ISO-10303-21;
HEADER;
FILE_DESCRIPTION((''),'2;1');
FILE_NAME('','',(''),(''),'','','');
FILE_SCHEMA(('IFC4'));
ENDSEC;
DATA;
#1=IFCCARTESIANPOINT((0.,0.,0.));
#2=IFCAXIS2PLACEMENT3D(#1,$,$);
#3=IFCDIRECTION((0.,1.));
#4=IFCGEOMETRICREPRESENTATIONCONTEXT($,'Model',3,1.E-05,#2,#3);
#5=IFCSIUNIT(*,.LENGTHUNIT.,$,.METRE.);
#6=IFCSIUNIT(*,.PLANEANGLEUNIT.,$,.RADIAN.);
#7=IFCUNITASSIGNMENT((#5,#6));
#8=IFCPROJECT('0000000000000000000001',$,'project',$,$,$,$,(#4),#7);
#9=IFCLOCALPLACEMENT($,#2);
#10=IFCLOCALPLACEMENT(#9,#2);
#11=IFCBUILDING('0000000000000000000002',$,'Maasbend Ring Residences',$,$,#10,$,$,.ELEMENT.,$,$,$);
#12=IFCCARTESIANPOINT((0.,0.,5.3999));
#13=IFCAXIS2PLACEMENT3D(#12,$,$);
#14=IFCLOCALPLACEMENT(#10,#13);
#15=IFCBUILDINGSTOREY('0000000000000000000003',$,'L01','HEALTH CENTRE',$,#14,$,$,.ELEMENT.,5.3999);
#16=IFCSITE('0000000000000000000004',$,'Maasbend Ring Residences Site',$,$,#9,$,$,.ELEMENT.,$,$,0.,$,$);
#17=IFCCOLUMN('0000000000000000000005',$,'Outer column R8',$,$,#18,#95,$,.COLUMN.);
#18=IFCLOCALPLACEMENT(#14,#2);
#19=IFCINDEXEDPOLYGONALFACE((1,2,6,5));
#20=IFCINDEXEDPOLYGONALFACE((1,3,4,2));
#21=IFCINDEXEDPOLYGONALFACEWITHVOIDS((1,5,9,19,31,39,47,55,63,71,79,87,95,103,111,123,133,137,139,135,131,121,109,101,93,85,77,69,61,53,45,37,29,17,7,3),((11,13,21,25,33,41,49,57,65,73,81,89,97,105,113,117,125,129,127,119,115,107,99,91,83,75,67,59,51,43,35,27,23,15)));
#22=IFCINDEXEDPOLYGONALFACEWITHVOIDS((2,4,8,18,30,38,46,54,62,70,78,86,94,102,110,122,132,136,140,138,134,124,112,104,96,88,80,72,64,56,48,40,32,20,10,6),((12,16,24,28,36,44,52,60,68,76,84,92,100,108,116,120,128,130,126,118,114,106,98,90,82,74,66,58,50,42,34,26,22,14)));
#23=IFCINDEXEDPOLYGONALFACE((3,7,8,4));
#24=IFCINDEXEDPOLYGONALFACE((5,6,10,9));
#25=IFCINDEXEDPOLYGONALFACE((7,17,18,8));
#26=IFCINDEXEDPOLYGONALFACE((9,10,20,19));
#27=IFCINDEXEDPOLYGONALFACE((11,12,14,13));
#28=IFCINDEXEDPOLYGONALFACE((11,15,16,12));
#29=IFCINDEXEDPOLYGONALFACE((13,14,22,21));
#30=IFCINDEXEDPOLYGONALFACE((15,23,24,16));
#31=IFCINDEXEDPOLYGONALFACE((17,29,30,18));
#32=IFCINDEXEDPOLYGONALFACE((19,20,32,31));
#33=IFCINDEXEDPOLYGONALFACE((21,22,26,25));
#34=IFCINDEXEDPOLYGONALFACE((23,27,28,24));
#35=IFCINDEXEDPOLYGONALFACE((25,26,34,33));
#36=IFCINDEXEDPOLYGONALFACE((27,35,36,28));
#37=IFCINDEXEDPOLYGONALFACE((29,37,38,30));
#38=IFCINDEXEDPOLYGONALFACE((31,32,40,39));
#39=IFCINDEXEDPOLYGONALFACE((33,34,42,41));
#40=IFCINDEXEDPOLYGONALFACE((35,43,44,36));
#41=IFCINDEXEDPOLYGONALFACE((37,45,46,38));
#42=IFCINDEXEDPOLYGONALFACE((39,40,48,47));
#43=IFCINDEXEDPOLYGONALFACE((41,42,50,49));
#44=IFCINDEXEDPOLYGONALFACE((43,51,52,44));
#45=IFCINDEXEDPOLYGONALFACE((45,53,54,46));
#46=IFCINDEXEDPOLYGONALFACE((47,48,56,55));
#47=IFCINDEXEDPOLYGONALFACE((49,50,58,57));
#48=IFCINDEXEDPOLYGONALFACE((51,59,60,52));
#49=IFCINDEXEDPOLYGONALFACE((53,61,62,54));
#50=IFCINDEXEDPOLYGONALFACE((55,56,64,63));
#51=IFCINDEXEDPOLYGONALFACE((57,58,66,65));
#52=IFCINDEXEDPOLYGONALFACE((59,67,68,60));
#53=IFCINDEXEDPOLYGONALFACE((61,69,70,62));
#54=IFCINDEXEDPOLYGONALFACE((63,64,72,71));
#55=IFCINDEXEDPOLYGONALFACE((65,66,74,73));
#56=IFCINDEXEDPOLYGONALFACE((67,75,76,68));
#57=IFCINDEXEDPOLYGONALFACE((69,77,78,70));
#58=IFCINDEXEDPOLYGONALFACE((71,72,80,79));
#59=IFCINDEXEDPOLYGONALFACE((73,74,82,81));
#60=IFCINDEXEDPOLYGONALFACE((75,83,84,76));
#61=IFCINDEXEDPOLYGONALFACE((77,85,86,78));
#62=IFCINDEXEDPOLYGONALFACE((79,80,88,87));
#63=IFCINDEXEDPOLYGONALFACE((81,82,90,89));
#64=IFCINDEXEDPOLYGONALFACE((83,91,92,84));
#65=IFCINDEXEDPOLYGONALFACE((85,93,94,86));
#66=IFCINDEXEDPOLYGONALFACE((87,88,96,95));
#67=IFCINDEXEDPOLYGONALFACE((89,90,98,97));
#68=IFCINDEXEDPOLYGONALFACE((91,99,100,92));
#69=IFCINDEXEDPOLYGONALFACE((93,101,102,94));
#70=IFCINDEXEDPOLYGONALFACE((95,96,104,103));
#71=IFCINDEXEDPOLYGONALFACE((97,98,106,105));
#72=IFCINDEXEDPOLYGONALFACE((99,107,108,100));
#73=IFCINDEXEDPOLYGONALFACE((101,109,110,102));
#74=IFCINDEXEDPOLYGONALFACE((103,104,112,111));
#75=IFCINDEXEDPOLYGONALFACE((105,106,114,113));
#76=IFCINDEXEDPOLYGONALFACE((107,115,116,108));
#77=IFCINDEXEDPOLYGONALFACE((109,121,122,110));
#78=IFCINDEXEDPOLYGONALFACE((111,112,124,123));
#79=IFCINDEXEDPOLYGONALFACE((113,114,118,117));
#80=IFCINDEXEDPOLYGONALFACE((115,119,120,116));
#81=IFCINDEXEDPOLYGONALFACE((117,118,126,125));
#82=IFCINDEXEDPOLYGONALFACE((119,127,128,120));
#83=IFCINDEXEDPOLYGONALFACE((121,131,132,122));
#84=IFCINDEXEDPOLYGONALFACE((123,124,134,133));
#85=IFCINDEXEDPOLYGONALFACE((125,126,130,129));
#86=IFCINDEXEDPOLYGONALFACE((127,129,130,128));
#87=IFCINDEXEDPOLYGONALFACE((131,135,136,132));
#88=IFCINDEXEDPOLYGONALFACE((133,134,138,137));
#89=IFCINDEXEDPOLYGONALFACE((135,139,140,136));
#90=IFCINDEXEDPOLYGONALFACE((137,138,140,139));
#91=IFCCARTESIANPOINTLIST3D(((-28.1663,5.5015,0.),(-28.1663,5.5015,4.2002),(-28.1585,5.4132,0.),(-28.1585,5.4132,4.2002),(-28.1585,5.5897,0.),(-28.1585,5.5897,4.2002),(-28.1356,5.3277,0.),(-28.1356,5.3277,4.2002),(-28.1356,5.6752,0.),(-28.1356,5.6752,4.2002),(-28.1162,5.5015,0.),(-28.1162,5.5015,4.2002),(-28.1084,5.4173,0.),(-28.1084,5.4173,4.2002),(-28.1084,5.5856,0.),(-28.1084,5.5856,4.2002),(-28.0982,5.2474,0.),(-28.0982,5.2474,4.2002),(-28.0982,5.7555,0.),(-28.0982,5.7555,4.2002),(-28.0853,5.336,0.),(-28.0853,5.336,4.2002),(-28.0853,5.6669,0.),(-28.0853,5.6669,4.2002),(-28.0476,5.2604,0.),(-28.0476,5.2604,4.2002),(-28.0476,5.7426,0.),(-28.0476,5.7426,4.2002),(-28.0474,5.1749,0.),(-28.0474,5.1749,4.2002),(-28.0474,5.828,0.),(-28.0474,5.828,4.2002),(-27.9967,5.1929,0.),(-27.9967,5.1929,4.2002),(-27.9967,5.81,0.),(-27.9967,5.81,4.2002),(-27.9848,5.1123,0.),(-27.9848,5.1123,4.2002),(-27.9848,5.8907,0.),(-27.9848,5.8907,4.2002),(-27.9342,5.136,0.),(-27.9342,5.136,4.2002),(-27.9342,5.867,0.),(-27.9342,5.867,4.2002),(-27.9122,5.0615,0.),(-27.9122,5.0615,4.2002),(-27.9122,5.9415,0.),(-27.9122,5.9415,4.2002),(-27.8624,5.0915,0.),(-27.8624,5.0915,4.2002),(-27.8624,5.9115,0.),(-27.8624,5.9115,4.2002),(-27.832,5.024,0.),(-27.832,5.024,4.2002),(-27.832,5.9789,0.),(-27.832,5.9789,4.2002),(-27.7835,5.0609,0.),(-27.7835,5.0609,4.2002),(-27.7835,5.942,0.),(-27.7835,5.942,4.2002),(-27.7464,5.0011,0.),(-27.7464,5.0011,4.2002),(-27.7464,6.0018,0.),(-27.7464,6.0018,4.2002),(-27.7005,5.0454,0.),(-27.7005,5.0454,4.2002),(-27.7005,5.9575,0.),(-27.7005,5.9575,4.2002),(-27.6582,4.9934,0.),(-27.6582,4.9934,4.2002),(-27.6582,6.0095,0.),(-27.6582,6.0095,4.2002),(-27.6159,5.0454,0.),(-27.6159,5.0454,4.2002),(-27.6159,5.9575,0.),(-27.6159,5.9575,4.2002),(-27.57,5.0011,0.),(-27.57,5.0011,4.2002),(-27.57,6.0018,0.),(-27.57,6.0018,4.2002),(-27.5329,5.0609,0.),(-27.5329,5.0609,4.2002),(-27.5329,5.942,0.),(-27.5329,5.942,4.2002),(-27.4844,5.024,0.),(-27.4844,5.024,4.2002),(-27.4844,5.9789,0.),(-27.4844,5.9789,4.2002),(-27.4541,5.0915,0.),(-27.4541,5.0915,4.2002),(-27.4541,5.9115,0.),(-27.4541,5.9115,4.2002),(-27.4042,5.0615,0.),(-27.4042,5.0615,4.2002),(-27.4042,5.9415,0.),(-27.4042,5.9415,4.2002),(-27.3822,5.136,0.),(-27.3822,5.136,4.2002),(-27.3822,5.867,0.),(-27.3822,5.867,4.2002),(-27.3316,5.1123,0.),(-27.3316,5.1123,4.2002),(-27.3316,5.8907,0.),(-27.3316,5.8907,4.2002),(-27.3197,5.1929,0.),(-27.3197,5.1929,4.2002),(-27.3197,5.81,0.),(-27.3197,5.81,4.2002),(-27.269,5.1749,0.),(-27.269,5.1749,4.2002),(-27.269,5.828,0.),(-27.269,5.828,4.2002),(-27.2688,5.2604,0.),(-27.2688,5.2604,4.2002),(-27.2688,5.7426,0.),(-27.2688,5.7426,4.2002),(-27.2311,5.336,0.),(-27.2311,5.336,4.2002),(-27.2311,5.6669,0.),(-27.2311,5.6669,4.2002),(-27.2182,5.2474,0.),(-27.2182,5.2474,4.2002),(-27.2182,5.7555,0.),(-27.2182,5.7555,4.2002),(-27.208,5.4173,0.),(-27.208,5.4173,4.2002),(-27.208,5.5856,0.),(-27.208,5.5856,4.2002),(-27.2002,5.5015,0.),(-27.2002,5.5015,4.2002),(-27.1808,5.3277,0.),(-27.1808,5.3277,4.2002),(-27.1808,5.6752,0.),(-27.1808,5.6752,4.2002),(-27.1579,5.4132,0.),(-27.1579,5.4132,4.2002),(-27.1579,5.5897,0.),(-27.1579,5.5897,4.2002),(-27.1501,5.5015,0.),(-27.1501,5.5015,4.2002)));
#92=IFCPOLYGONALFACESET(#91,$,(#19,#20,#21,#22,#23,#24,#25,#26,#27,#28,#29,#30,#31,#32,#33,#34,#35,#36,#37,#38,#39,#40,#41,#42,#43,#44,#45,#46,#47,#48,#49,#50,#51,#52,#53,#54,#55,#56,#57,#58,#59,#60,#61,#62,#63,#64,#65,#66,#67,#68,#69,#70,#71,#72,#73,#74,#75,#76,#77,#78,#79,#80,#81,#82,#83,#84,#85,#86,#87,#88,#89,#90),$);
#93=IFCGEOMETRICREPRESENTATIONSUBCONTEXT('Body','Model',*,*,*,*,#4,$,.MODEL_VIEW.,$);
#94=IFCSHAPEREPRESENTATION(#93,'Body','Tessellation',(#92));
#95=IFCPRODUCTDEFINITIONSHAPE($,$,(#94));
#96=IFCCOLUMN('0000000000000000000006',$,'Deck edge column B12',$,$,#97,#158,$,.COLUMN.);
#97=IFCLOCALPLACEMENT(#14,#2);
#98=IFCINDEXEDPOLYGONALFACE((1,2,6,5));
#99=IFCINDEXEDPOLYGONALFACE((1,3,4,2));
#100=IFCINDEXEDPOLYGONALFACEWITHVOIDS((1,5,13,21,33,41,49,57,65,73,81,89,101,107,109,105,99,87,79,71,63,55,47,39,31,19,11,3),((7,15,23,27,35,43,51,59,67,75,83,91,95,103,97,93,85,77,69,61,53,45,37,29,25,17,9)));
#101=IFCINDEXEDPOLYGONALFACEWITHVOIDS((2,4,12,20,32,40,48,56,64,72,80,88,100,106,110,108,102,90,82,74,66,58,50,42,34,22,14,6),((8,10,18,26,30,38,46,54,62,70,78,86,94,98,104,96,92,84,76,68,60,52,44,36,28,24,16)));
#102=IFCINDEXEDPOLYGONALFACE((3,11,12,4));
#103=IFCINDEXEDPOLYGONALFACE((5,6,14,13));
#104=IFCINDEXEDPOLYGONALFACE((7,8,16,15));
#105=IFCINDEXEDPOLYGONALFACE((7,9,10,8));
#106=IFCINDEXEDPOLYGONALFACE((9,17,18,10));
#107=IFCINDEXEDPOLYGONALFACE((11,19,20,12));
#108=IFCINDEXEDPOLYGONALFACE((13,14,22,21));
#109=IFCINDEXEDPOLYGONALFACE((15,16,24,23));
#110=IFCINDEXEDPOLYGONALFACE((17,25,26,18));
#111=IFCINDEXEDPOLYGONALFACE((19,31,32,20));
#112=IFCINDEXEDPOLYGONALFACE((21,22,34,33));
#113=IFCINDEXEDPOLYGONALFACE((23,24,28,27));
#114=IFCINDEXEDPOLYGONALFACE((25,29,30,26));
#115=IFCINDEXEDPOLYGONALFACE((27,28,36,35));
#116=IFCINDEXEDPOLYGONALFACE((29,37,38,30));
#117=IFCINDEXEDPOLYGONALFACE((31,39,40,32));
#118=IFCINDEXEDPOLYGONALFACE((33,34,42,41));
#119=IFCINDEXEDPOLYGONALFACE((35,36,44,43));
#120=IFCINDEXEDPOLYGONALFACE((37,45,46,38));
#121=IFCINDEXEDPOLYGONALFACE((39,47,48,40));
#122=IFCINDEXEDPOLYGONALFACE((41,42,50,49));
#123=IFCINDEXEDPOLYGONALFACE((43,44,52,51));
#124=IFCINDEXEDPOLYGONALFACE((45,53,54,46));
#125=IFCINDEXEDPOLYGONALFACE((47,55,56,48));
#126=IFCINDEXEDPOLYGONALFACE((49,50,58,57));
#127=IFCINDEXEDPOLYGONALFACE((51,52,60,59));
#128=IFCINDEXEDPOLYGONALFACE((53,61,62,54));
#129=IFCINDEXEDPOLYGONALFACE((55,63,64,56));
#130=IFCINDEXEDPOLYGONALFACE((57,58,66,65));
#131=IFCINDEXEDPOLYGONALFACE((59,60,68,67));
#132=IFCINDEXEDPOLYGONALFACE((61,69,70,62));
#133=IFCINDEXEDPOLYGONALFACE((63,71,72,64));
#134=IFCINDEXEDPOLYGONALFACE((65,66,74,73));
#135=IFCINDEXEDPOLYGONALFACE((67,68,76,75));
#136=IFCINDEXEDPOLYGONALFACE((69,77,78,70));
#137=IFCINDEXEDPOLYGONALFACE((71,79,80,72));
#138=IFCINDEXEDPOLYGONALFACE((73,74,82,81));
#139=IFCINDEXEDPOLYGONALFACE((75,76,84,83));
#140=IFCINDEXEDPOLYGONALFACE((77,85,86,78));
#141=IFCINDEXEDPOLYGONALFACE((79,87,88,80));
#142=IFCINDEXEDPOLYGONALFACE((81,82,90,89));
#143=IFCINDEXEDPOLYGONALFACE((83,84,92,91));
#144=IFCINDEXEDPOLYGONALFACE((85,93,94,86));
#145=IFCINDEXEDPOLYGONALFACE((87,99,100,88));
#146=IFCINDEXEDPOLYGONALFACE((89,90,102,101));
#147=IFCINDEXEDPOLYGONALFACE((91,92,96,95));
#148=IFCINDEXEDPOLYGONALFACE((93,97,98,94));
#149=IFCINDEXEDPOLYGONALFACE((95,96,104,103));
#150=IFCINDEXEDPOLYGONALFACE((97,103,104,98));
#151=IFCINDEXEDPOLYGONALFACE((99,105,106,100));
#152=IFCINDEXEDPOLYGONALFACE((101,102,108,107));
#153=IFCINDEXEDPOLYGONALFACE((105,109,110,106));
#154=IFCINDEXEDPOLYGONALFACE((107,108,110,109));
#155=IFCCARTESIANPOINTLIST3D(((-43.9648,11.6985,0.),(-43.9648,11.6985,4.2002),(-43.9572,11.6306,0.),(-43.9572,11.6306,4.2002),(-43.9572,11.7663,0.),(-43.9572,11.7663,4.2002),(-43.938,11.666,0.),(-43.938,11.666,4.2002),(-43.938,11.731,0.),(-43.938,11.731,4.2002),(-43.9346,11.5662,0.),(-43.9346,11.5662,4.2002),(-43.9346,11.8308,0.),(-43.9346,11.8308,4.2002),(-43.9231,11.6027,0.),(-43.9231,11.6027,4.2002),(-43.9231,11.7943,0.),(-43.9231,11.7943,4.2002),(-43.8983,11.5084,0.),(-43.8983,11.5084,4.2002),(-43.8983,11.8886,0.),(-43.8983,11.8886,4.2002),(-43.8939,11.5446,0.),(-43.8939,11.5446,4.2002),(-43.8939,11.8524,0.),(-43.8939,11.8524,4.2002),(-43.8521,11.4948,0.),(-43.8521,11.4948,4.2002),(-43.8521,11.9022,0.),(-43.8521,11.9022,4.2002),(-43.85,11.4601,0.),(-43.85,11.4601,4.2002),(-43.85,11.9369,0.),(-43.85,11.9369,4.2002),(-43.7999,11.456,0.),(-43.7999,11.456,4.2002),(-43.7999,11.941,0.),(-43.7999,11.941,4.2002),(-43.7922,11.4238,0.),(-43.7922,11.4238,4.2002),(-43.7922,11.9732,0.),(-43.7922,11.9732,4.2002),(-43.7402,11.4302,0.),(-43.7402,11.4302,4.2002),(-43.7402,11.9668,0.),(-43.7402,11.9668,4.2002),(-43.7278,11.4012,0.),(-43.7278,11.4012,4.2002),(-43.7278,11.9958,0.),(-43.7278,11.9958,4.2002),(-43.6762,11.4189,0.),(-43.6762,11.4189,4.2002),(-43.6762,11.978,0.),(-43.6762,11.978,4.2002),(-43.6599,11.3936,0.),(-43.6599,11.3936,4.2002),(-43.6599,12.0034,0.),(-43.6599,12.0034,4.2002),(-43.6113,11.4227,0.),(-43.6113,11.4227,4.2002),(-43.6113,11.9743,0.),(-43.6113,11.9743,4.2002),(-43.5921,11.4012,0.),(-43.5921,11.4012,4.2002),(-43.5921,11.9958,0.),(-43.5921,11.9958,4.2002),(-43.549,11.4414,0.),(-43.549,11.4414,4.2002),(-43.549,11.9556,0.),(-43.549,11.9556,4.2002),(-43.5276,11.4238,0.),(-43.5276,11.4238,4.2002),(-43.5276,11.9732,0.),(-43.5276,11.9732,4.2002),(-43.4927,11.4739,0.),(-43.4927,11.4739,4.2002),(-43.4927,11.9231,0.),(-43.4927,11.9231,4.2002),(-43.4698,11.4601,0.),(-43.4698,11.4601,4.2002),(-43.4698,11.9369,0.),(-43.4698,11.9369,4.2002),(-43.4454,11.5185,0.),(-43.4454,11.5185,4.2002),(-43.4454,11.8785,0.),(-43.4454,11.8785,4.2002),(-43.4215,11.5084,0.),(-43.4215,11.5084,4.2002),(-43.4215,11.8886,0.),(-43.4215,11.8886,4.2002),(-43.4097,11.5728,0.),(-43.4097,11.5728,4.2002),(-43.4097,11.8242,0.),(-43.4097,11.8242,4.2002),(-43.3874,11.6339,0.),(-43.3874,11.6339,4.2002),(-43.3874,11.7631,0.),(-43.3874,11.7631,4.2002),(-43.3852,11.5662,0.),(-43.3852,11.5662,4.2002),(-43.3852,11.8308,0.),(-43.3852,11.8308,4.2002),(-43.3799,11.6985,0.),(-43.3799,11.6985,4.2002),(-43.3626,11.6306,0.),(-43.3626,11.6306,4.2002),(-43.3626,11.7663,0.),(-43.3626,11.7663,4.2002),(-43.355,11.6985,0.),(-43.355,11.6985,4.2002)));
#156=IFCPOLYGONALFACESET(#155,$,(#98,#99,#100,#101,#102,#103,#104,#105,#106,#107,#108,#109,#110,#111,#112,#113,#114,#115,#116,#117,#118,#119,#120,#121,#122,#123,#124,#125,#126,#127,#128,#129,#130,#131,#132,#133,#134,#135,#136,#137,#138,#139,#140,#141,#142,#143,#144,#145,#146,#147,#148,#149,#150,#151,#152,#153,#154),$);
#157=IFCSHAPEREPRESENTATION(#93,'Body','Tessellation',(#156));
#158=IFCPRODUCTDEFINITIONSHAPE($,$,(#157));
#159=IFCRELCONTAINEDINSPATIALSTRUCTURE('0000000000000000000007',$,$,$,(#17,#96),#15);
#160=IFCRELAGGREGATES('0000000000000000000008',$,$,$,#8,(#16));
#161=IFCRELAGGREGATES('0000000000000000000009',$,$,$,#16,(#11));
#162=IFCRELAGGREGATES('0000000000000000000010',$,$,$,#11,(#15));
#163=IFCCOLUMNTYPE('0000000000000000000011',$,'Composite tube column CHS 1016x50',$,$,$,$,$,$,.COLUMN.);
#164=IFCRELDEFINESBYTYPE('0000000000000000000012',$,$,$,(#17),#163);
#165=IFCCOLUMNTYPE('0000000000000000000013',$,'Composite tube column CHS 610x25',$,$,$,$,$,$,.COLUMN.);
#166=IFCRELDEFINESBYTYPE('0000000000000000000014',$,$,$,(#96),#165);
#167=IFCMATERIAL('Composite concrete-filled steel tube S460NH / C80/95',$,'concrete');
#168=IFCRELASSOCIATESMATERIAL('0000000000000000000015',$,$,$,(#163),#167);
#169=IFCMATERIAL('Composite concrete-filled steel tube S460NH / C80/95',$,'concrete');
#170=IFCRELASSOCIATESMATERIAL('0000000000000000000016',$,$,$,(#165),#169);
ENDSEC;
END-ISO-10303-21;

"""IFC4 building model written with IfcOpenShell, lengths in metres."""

from ifc_helpers import new_model, si_unit, direction, frame, origin, origin_2d, place, context, subcontext, project, spatial, hollow_circle, extrude, material, material_profile, profile_set, type_object, element, save


model = new_model("IFC4")

# Units and contexts
model_context = context("Model", 3, precision=1e-05, world=origin(), true_north=direction((0.0, 1.0)))
body_context = subcontext(model_context, "Body", "Model", "MODEL_VIEW")
ifc_project = project(units=[si_unit("LENGTHUNIT", "METRE"), si_unit("PLANEANGLEUNIT", "RADIAN")], contexts=[model_context])

# Site, building, storey
site_placement = place(None, origin())
site = spatial("IfcSite", under=ifc_project, at=site_placement, Name="Maasbend Ring Residences Site", CompositionType="ELEMENT", RefElevation=0.0)
building_placement = place(site_placement, origin())
building = spatial("IfcBuilding", under=site, at=building_placement, Name="Maasbend Ring Residences", CompositionType="ELEMENT")
storey_placement = place(building_placement, frame((0.0, 0.0, 5.3999)))
storey = spatial("IfcBuildingStorey", under=building, at=storey_placement, Name="L01", Description="HEALTH CENTRE", CompositionType="ELEMENT", Elevation=5.3999)

# Columns
ifc_material_1 = material(Name="Composite concrete-filled steel tube S460NH / C80/95", Category="concrete")
ifc_material_profile_1 = material_profile(ifc_material_1, hollow_circle(Radius=0.5081, WallThickness=0.05, at=origin_2d()), Name="Composite tube column CHS 1016x50")
ifc_profile_set_1 = profile_set([ifc_material_profile_1], Name="Composite concrete-filled steel tube S460NH / C80/95")
column_type_1 = type_object("IfcColumnType", Name="Composite tube column CHS 1016x50", PredefinedType="COLUMN", material=ifc_profile_set_1)
column_1_placement = place(storey_placement, frame((-27.6582, 5.5015, 0.0), z_axis=(0.0, 0.0, 1.0), x_axis=(1.0, 0.0, 0.0)))
element("IfcColumn", 1, at=column_1_placement, inside=storey, type_object=column_type_1, Name="Outer column R8", PredefinedType="COLUMN", context=body_context, shape_type="SweptSolid", body=[
    extrude(hollow_circle(Radius=0.5081, WallThickness=0.05, at=origin_2d()), origin(), (0.0, 0.0, 1.0), 4.2002),
])
ifc_material_2 = material(Name="Composite concrete-filled steel tube S460NH / C80/95", Category="concrete")
ifc_material_profile_2 = material_profile(ifc_material_2, hollow_circle(Radius=0.3049, WallThickness=0.0249, at=origin_2d()), Name="Composite tube column CHS 610x25")
ifc_profile_set_2 = profile_set([ifc_material_profile_2], Name="Composite concrete-filled steel tube S460NH / C80/95")
column_type_2 = type_object("IfcColumnType", Name="Composite tube column CHS 610x25", PredefinedType="COLUMN", material=ifc_profile_set_2)
column_2_placement = place(storey_placement, frame((-43.6599, 11.6985, 0.0), z_axis=(0.0, 0.0, 1.0), x_axis=(1.0, 0.0, 0.0)))
element("IfcColumn", 2, at=column_2_placement, inside=storey, type_object=column_type_2, Name="Deck edge column B12", PredefinedType="COLUMN", context=body_context, shape_type="SweptSolid", body=[
    extrude(hollow_circle(Radius=0.3049, WallThickness=0.0249, at=origin_2d()), origin(), (0.0, 0.0, 1.0), 4.2002),
])

save(model, "model.ifc")
